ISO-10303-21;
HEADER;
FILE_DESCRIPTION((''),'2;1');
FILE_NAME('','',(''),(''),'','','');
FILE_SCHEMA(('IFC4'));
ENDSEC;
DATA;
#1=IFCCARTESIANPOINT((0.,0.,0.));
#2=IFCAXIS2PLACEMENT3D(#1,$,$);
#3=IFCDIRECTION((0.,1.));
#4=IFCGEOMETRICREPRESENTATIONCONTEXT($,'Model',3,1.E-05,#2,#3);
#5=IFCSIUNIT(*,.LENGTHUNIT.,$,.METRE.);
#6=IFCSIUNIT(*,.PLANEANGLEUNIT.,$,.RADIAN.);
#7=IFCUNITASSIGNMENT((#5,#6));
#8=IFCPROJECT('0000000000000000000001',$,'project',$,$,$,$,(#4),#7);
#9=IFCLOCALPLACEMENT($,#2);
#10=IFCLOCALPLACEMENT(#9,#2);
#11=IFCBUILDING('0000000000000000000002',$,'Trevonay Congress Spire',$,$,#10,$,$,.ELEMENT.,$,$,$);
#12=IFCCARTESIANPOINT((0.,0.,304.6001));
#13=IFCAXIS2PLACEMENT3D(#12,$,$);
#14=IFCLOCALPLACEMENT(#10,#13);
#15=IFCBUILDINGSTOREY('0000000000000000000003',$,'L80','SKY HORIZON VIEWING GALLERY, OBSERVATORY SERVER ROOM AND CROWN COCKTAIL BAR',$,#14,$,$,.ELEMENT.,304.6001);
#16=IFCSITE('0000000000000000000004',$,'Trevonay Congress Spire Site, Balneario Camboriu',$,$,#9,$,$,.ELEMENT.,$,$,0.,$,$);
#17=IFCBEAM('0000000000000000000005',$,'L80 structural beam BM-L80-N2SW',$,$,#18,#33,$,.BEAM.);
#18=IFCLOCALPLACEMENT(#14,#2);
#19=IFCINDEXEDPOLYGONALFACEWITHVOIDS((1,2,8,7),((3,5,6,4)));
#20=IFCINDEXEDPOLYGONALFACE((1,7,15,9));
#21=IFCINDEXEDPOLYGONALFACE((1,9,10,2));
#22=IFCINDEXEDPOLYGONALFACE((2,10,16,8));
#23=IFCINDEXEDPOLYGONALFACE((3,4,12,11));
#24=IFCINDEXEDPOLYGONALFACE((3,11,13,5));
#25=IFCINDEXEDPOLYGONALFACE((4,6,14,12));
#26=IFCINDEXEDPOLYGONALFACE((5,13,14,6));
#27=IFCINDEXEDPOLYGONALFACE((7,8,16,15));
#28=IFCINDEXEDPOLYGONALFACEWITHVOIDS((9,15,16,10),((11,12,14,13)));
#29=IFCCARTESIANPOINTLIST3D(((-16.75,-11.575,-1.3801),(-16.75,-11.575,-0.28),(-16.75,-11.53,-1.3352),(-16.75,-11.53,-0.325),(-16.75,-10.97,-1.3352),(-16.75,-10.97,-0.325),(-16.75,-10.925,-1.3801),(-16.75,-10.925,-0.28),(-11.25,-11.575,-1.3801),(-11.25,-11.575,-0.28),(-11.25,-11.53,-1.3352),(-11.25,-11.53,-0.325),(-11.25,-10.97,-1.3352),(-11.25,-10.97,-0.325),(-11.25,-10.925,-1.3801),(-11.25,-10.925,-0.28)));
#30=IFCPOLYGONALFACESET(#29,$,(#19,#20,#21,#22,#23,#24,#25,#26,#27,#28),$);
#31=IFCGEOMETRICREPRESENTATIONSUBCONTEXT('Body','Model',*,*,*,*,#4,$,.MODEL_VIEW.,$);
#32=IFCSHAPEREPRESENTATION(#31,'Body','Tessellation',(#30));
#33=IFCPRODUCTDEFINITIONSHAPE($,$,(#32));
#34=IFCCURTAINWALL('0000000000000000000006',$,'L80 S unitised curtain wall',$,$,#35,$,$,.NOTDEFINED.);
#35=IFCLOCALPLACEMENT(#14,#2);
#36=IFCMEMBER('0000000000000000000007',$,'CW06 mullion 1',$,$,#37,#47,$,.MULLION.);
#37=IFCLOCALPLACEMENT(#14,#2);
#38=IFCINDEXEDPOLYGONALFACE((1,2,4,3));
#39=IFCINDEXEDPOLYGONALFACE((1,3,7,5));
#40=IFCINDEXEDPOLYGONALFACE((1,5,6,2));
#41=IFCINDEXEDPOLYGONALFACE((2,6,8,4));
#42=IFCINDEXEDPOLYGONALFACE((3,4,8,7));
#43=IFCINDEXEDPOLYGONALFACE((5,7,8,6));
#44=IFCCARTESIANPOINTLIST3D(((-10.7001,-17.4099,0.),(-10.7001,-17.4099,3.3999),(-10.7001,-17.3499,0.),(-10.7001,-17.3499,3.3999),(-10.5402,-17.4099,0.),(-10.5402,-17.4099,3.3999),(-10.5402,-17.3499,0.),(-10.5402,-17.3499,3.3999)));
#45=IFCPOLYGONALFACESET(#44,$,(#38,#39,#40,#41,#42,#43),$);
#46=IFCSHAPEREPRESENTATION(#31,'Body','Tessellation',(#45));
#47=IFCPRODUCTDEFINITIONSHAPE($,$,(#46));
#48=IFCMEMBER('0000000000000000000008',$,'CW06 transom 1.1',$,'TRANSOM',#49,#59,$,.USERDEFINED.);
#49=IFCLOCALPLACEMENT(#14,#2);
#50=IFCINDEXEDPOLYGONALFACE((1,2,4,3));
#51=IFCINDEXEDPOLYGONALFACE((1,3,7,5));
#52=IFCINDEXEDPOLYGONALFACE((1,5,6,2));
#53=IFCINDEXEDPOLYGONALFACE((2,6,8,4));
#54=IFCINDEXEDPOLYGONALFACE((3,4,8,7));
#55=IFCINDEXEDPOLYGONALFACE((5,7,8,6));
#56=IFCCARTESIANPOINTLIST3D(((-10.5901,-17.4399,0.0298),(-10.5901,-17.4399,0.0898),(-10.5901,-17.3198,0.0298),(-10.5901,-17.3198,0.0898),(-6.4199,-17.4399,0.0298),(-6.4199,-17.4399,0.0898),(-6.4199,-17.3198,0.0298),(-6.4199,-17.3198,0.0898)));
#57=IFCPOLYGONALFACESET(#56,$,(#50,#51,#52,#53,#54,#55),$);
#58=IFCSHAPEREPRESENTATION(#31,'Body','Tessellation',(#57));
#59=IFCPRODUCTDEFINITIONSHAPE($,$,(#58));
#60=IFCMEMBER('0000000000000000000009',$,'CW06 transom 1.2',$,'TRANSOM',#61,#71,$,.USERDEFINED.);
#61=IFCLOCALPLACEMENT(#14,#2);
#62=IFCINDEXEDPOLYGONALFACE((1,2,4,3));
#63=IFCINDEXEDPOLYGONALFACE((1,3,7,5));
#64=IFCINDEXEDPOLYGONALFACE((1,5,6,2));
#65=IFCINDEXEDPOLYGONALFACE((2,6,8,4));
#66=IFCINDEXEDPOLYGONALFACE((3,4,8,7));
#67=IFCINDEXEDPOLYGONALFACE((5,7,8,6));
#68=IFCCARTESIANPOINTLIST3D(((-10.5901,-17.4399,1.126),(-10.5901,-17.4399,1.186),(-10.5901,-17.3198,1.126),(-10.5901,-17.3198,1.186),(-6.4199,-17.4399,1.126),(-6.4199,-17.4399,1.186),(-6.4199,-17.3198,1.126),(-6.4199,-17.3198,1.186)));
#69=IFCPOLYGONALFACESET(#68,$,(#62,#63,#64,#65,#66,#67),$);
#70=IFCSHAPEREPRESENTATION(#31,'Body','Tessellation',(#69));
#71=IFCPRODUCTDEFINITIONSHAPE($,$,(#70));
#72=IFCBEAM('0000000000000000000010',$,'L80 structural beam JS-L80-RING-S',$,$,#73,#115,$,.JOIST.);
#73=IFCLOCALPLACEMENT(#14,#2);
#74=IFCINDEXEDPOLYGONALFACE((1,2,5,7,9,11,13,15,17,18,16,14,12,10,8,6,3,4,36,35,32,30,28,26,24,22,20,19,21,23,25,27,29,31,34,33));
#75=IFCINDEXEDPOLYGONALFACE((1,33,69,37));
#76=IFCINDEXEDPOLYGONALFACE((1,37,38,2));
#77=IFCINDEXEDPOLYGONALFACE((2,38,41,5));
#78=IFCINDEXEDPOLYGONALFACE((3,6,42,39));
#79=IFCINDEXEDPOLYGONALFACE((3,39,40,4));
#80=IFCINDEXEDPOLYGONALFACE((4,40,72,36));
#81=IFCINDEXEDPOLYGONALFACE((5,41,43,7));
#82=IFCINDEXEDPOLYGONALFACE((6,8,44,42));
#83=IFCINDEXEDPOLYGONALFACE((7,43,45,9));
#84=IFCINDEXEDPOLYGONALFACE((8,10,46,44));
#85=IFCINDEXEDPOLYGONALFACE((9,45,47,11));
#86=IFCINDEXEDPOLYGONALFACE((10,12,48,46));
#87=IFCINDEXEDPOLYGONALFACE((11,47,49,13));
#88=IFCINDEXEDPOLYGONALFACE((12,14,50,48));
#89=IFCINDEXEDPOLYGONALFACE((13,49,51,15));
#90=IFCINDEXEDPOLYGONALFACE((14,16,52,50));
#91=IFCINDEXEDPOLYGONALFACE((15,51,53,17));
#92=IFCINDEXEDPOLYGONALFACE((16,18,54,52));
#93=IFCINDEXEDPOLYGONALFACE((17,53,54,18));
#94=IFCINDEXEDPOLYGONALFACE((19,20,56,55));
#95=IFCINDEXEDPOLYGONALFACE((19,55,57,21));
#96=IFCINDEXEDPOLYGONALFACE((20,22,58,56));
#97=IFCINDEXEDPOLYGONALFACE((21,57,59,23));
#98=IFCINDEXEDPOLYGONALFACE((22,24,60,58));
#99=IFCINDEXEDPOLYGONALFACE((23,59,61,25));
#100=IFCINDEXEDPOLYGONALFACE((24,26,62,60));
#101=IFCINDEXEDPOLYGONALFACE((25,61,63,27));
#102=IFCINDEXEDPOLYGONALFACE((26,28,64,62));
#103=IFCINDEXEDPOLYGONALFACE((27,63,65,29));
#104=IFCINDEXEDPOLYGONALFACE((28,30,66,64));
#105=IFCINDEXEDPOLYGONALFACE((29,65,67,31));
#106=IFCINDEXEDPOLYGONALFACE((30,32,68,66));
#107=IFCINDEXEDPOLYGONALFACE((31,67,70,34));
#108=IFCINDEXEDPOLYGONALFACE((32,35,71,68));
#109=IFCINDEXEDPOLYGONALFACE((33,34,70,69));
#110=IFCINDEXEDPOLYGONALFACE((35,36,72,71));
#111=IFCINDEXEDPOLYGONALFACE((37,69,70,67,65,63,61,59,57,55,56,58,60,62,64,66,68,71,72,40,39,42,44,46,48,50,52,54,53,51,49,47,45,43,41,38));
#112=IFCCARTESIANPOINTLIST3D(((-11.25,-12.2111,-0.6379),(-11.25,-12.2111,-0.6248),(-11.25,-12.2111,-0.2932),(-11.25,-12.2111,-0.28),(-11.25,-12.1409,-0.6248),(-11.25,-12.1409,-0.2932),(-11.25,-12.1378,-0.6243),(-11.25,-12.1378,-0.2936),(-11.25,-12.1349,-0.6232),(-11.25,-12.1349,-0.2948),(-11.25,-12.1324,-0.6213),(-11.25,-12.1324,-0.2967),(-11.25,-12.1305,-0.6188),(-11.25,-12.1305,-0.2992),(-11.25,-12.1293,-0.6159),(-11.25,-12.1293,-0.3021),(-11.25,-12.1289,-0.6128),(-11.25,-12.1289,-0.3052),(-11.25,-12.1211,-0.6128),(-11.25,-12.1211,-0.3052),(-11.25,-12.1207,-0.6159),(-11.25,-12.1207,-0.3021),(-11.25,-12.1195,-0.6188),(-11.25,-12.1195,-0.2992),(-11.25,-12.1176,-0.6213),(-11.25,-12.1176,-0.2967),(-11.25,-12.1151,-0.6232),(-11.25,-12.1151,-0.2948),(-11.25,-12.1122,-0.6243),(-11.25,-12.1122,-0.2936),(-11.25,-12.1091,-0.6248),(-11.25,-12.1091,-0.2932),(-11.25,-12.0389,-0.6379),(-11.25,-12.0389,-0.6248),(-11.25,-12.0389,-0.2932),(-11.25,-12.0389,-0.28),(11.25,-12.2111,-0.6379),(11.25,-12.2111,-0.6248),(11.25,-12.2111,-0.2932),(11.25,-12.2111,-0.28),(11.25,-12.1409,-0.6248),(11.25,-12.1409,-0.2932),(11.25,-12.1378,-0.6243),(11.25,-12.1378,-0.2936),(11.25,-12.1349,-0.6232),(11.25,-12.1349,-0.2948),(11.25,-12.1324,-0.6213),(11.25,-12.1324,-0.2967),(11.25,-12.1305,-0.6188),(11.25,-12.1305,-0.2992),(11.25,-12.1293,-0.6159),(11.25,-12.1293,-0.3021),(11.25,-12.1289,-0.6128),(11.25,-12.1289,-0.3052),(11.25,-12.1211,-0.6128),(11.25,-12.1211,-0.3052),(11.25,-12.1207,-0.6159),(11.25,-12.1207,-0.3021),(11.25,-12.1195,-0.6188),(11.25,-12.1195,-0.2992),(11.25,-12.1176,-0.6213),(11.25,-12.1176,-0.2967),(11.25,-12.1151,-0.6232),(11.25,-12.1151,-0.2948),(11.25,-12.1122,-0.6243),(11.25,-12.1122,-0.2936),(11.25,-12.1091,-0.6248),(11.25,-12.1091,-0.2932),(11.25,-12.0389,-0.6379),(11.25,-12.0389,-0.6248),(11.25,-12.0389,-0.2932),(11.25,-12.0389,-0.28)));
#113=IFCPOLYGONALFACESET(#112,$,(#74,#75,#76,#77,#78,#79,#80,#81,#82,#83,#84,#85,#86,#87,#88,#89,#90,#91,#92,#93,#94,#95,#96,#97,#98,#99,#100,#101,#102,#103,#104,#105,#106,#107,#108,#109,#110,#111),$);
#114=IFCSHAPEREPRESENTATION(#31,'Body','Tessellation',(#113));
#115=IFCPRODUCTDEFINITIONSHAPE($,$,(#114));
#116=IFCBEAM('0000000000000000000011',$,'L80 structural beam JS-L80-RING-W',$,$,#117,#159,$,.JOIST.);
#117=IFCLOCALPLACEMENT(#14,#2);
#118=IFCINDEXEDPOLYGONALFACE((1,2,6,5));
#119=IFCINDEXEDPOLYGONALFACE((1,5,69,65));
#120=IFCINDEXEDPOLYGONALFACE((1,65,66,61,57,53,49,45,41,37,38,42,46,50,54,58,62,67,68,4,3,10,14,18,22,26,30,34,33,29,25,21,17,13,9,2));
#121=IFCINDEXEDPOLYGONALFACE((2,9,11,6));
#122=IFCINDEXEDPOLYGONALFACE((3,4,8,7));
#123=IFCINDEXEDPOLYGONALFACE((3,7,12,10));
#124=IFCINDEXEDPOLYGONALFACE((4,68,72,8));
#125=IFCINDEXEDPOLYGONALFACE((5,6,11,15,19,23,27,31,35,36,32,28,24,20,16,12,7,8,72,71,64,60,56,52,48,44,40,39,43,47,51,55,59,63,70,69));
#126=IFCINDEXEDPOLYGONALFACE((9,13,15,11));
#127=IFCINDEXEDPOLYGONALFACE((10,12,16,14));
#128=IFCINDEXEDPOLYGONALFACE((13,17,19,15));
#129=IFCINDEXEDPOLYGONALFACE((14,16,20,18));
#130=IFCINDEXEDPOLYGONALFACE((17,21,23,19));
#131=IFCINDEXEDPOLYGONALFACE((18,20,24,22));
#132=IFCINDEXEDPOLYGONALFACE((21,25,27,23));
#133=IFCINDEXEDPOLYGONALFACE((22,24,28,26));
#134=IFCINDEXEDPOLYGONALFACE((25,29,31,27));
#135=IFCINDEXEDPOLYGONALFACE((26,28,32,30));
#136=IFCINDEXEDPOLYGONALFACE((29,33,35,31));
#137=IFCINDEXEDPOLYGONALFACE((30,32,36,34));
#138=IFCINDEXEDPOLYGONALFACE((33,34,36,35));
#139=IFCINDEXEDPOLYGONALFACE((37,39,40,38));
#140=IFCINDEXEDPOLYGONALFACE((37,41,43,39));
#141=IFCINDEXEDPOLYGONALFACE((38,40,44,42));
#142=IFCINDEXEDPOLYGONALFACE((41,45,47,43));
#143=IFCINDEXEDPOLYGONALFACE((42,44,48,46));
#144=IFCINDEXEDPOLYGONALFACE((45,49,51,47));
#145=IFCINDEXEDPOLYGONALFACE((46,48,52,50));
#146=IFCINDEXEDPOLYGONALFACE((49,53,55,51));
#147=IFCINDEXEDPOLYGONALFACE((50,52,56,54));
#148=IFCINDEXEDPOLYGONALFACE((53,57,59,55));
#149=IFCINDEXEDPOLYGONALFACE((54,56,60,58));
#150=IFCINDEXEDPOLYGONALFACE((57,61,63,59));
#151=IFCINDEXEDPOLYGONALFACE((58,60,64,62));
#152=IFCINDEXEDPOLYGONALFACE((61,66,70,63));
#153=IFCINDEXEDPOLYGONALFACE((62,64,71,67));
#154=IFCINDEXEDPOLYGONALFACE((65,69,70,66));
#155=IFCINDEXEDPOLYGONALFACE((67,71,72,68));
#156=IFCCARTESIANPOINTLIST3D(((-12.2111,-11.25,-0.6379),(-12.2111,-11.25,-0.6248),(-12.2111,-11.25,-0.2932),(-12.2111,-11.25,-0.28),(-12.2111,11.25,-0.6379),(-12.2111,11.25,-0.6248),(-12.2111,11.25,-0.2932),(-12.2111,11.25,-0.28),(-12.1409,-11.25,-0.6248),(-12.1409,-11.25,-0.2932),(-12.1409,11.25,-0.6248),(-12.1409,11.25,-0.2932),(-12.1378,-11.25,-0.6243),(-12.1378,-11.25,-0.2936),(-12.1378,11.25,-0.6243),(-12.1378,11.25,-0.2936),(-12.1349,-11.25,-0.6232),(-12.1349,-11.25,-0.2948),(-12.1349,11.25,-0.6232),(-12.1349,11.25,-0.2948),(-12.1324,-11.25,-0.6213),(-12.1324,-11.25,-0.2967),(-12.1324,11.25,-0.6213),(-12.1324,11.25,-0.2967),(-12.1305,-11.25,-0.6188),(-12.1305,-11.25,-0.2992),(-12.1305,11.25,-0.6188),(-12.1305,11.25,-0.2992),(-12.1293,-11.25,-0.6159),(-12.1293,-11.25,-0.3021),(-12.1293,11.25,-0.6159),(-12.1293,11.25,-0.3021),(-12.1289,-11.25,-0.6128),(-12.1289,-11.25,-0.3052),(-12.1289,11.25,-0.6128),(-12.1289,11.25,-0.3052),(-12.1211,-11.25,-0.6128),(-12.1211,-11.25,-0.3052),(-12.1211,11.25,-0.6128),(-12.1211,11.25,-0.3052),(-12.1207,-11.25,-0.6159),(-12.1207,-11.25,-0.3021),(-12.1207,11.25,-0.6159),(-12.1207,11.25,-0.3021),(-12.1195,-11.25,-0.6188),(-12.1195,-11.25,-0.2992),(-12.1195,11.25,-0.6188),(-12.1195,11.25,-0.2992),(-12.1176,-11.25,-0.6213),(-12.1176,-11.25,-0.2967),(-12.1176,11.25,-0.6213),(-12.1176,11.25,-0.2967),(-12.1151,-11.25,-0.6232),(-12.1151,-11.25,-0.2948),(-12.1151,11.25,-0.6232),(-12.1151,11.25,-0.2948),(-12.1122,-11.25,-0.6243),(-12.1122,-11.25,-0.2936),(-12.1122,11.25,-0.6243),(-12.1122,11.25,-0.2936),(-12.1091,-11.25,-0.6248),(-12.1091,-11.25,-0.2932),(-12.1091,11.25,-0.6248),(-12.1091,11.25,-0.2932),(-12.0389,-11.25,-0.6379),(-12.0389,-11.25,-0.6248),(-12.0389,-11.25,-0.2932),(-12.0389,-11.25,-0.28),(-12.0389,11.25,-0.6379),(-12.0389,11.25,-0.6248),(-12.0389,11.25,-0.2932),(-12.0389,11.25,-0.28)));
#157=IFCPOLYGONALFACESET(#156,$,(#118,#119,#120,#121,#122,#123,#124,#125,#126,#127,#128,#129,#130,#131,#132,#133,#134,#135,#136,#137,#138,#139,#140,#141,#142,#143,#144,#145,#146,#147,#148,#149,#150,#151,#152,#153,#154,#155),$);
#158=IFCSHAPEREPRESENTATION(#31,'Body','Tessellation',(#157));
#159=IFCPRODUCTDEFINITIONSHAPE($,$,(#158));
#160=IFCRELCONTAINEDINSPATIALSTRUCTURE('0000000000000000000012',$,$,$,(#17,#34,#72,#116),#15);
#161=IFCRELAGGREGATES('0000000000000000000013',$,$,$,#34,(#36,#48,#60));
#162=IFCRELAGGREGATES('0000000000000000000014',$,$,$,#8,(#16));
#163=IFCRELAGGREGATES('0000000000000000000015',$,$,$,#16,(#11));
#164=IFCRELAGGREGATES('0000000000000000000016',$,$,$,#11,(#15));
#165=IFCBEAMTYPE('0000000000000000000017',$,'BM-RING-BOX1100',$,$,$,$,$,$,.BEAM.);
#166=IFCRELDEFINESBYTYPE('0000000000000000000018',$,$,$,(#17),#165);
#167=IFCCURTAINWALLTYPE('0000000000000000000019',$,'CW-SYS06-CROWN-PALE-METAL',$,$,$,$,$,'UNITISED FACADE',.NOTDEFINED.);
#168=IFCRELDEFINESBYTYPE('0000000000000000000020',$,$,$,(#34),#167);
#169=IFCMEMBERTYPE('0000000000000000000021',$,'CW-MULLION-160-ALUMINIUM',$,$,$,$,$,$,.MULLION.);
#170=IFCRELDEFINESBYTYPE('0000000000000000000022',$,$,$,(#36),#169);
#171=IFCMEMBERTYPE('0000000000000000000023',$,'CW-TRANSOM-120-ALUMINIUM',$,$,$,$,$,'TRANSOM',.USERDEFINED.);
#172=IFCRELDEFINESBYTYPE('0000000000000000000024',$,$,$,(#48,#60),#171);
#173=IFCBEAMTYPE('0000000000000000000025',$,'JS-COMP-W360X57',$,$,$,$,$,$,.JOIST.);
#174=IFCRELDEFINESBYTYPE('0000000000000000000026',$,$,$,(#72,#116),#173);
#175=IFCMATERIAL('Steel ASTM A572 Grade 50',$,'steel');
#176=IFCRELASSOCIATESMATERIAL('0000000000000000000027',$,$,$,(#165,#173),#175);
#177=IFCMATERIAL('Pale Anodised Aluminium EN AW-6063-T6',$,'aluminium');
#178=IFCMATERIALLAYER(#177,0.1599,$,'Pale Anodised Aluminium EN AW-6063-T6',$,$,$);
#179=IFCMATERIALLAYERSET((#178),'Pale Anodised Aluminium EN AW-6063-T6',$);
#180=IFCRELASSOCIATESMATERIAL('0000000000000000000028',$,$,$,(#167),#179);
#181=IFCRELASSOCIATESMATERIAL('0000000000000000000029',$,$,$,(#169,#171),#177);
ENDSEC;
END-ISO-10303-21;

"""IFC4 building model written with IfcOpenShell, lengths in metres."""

from ifc_helpers import new_model, si_unit, direction, frame, origin, origin_2d, place, context, subcontext, project, spatial, rectangle, hollow_rectangle, i_section, extrude, material, layer, layer_set, material_profile, profile_set, type_object, element, aggregate, save


model = new_model("IFC4")

# Units and contexts
model_context = context("Model", 3, precision=1e-05, world=origin(), true_north=direction((0.0, 1.0)))
body_context = subcontext(model_context, "Body", "Model", "MODEL_VIEW")
ifc_project = project(units=[si_unit("LENGTHUNIT", "METRE"), si_unit("PLANEANGLEUNIT", "RADIAN")], contexts=[model_context])

# Site, building, storey
site_placement = place(None, origin())
site = spatial("IfcSite", under=ifc_project, at=site_placement, Name="Trevonay Congress Spire Site, Balneario Camboriu", CompositionType="ELEMENT", RefElevation=0.0)
building_placement = place(site_placement, origin())
building = spatial("IfcBuilding", under=site, at=building_placement, Name="Trevonay Congress Spire", CompositionType="ELEMENT")
storey_placement = place(building_placement, frame((0.0, 0.0, 304.6001)))
storey = spatial("IfcBuildingStorey", under=building, at=storey_placement, Name="L80", Description="SKY HORIZON VIEWING GALLERY, OBSERVATORY SERVER ROOM AND CROWN COCKTAIL BAR", CompositionType="ELEMENT", Elevation=304.6001)

# Shared definitions
ifc_material_1 = material(Name="Steel ASTM A572 Grade 50", Category="steel")

# Beam
ifc_material_profile_1 = material_profile(ifc_material_1, hollow_rectangle(XDim=0.6499, YDim=1.1001, WallThickness=0.0449, at=origin_2d()), Name="BOX 1100x650x45")
ifc_profile_set_1 = profile_set([ifc_material_profile_1], Name="Steel ASTM A572 Grade 50")
beam_type_1 = type_object("IfcBeamType", Name="BM-RING-BOX1100", PredefinedType="BEAM", material=ifc_profile_set_1)
for number, where, z_axis, x_axis, name in (
    (1, (-16.75, -11.25, -0.8301), (1.0, 0.0, 0.0), (0.0, 1.0, 0.0), "L80 structural beam BM-L80-N2SW"),
):
    element("IfcBeam", number, at=place(storey_placement, frame(where, z_axis=z_axis, x_axis=x_axis)), inside=storey, type_object=beam_type_1, Name=name, PredefinedType="BEAM", context=body_context, shape_type="SweptSolid", body=[
        extrude(hollow_rectangle(XDim=0.6499, YDim=1.1001, WallThickness=0.0449, at=origin_2d()), origin(), (0.0, 0.0, 1.0), 5.5),
    ])

# Curtain wall, members
ifc_material_2 = material(Name="Pale Anodised Aluminium EN AW-6063-T6", Category="aluminium")
ifc_layer_1 = layer(ifc_material_2, 0.1599, Name="Pale Anodised Aluminium EN AW-6063-T6")
ifc_layer_set_1 = layer_set([ifc_layer_1], Name="Pale Anodised Aluminium EN AW-6063-T6")
curtain_wall_type = type_object("IfcCurtainWallType", Name="CW-SYS06-CROWN-PALE-METAL", ElementType="UNITISED FACADE", PredefinedType="NOTDEFINED", material=ifc_layer_set_1)
curtain_wall_placement = place(storey_placement, origin())
curtain_wall = element("IfcCurtainWall", 2, at=curtain_wall_placement, inside=storey, type_object=curtain_wall_type, Name="L80 S unitised curtain wall", PredefinedType="NOTDEFINED")
ifc_material_profile_2 = material_profile(ifc_material_2, rectangle(XDim=0.0601, YDim=0.1599, at=origin_2d()), Name="CW-MULLION-160-ALUMINIUM")
ifc_profile_set_2 = profile_set([ifc_material_profile_2], Name="Pale Anodised Aluminium EN AW-6063-T6")
member_type_1 = type_object("IfcMemberType", Name="CW-MULLION-160-ALUMINIUM", PredefinedType="MULLION", material=ifc_profile_set_2)
member_1_placement = place(storey_placement, frame((-10.6201, -17.3799, 0.0), z_axis=(0.0, 0.0, 1.0), x_axis=(0.0, 1.0, 0.0)))
member_1 = element("IfcMember", 3, at=member_1_placement, type_object=member_type_1, Name="CW06 mullion 1", PredefinedType="MULLION", context=body_context, shape_type="SweptSolid", body=[
    extrude(rectangle(XDim=0.0601, YDim=0.1599, at=origin_2d()), origin(), (0.0, 0.0, 1.0), 3.3999),
])
ifc_material_profile_3 = material_profile(ifc_material_2, rectangle(XDim=0.1201, YDim=0.0601, at=origin_2d()), Name="CW-TRANSOM-120-ALUMINIUM")
ifc_profile_set_3 = profile_set([ifc_material_profile_3], Name="Pale Anodised Aluminium EN AW-6063-T6")
member_type_2 = type_object("IfcMemberType", Name="CW-TRANSOM-120-ALUMINIUM", ElementType="TRANSOM", PredefinedType="USERDEFINED", material=ifc_profile_set_3)
member_2_placement = place(storey_placement, frame((-10.5901, -17.3799, 0.0598), z_axis=(1.0, 0.0, 0.0), x_axis=(0.0, 1.0, 0.0)))
member_2 = element("IfcMember", 4, at=member_2_placement, type_object=member_type_2, Name="CW06 transom 1.1", ObjectType="TRANSOM", PredefinedType="USERDEFINED", context=body_context, shape_type="SweptSolid", body=[
    extrude(rectangle(XDim=0.1201, YDim=0.0601, at=origin_2d()), origin(), (0.0, 0.0, 1.0), 4.1702),
])
member_3_placement = place(storey_placement, frame((-10.5901, -17.3799, 1.156), z_axis=(1.0, 0.0, 0.0), x_axis=(0.0, 1.0, 0.0)))
member_3 = element("IfcMember", 5, at=member_3_placement, type_object=member_type_2, Name="CW06 transom 1.2", ObjectType="TRANSOM", PredefinedType="USERDEFINED", context=body_context, shape_type="SweptSolid", body=[
    extrude(rectangle(XDim=0.1201, YDim=0.0601, at=origin_2d()), origin(), (0.0, 0.0, 1.0), 4.1702),
])
aggregate(curtain_wall, [member_1, member_2, member_3])

# Beams
ifc_material_profile_4 = material_profile(ifc_material_1, i_section(OverallWidth=0.1721, OverallDepth=0.3579, WebThickness=0.0078, FlangeThickness=0.0132, FilletRadius=0.012, at=origin_2d()), Name="W360x57.8")
ifc_profile_set_4 = profile_set([ifc_material_profile_4], Name="Steel ASTM A572 Grade 50")
beam_type_2 = type_object("IfcBeamType", Name="JS-COMP-W360X57", PredefinedType="JOIST", material=ifc_profile_set_4)
for number, where, z_axis, x_axis, name in (
    (6, (-11.25, -12.125, -0.459), (1.0, 0.0, 0.0), (0.0, 1.0, 0.0), "L80 structural beam JS-L80-RING-S"),
    (7, (-12.125, -11.25, -0.459), (0.0, 1.0, 0.0), (-1.0, 0.0, 0.0), "L80 structural beam JS-L80-RING-W"),
):
    element("IfcBeam", number, at=place(storey_placement, frame(where, z_axis=z_axis, x_axis=x_axis)), inside=storey, type_object=beam_type_2, Name=name, PredefinedType="JOIST", context=body_context, shape_type="SweptSolid", body=[
        extrude(i_section(OverallWidth=0.1721, OverallDepth=0.3579, WebThickness=0.0078, FlangeThickness=0.0132, FilletRadius=0.012, at=origin_2d()), origin(), (0.0, 0.0, 1.0), 22.5),
    ])

save(model, "model.ifc")
